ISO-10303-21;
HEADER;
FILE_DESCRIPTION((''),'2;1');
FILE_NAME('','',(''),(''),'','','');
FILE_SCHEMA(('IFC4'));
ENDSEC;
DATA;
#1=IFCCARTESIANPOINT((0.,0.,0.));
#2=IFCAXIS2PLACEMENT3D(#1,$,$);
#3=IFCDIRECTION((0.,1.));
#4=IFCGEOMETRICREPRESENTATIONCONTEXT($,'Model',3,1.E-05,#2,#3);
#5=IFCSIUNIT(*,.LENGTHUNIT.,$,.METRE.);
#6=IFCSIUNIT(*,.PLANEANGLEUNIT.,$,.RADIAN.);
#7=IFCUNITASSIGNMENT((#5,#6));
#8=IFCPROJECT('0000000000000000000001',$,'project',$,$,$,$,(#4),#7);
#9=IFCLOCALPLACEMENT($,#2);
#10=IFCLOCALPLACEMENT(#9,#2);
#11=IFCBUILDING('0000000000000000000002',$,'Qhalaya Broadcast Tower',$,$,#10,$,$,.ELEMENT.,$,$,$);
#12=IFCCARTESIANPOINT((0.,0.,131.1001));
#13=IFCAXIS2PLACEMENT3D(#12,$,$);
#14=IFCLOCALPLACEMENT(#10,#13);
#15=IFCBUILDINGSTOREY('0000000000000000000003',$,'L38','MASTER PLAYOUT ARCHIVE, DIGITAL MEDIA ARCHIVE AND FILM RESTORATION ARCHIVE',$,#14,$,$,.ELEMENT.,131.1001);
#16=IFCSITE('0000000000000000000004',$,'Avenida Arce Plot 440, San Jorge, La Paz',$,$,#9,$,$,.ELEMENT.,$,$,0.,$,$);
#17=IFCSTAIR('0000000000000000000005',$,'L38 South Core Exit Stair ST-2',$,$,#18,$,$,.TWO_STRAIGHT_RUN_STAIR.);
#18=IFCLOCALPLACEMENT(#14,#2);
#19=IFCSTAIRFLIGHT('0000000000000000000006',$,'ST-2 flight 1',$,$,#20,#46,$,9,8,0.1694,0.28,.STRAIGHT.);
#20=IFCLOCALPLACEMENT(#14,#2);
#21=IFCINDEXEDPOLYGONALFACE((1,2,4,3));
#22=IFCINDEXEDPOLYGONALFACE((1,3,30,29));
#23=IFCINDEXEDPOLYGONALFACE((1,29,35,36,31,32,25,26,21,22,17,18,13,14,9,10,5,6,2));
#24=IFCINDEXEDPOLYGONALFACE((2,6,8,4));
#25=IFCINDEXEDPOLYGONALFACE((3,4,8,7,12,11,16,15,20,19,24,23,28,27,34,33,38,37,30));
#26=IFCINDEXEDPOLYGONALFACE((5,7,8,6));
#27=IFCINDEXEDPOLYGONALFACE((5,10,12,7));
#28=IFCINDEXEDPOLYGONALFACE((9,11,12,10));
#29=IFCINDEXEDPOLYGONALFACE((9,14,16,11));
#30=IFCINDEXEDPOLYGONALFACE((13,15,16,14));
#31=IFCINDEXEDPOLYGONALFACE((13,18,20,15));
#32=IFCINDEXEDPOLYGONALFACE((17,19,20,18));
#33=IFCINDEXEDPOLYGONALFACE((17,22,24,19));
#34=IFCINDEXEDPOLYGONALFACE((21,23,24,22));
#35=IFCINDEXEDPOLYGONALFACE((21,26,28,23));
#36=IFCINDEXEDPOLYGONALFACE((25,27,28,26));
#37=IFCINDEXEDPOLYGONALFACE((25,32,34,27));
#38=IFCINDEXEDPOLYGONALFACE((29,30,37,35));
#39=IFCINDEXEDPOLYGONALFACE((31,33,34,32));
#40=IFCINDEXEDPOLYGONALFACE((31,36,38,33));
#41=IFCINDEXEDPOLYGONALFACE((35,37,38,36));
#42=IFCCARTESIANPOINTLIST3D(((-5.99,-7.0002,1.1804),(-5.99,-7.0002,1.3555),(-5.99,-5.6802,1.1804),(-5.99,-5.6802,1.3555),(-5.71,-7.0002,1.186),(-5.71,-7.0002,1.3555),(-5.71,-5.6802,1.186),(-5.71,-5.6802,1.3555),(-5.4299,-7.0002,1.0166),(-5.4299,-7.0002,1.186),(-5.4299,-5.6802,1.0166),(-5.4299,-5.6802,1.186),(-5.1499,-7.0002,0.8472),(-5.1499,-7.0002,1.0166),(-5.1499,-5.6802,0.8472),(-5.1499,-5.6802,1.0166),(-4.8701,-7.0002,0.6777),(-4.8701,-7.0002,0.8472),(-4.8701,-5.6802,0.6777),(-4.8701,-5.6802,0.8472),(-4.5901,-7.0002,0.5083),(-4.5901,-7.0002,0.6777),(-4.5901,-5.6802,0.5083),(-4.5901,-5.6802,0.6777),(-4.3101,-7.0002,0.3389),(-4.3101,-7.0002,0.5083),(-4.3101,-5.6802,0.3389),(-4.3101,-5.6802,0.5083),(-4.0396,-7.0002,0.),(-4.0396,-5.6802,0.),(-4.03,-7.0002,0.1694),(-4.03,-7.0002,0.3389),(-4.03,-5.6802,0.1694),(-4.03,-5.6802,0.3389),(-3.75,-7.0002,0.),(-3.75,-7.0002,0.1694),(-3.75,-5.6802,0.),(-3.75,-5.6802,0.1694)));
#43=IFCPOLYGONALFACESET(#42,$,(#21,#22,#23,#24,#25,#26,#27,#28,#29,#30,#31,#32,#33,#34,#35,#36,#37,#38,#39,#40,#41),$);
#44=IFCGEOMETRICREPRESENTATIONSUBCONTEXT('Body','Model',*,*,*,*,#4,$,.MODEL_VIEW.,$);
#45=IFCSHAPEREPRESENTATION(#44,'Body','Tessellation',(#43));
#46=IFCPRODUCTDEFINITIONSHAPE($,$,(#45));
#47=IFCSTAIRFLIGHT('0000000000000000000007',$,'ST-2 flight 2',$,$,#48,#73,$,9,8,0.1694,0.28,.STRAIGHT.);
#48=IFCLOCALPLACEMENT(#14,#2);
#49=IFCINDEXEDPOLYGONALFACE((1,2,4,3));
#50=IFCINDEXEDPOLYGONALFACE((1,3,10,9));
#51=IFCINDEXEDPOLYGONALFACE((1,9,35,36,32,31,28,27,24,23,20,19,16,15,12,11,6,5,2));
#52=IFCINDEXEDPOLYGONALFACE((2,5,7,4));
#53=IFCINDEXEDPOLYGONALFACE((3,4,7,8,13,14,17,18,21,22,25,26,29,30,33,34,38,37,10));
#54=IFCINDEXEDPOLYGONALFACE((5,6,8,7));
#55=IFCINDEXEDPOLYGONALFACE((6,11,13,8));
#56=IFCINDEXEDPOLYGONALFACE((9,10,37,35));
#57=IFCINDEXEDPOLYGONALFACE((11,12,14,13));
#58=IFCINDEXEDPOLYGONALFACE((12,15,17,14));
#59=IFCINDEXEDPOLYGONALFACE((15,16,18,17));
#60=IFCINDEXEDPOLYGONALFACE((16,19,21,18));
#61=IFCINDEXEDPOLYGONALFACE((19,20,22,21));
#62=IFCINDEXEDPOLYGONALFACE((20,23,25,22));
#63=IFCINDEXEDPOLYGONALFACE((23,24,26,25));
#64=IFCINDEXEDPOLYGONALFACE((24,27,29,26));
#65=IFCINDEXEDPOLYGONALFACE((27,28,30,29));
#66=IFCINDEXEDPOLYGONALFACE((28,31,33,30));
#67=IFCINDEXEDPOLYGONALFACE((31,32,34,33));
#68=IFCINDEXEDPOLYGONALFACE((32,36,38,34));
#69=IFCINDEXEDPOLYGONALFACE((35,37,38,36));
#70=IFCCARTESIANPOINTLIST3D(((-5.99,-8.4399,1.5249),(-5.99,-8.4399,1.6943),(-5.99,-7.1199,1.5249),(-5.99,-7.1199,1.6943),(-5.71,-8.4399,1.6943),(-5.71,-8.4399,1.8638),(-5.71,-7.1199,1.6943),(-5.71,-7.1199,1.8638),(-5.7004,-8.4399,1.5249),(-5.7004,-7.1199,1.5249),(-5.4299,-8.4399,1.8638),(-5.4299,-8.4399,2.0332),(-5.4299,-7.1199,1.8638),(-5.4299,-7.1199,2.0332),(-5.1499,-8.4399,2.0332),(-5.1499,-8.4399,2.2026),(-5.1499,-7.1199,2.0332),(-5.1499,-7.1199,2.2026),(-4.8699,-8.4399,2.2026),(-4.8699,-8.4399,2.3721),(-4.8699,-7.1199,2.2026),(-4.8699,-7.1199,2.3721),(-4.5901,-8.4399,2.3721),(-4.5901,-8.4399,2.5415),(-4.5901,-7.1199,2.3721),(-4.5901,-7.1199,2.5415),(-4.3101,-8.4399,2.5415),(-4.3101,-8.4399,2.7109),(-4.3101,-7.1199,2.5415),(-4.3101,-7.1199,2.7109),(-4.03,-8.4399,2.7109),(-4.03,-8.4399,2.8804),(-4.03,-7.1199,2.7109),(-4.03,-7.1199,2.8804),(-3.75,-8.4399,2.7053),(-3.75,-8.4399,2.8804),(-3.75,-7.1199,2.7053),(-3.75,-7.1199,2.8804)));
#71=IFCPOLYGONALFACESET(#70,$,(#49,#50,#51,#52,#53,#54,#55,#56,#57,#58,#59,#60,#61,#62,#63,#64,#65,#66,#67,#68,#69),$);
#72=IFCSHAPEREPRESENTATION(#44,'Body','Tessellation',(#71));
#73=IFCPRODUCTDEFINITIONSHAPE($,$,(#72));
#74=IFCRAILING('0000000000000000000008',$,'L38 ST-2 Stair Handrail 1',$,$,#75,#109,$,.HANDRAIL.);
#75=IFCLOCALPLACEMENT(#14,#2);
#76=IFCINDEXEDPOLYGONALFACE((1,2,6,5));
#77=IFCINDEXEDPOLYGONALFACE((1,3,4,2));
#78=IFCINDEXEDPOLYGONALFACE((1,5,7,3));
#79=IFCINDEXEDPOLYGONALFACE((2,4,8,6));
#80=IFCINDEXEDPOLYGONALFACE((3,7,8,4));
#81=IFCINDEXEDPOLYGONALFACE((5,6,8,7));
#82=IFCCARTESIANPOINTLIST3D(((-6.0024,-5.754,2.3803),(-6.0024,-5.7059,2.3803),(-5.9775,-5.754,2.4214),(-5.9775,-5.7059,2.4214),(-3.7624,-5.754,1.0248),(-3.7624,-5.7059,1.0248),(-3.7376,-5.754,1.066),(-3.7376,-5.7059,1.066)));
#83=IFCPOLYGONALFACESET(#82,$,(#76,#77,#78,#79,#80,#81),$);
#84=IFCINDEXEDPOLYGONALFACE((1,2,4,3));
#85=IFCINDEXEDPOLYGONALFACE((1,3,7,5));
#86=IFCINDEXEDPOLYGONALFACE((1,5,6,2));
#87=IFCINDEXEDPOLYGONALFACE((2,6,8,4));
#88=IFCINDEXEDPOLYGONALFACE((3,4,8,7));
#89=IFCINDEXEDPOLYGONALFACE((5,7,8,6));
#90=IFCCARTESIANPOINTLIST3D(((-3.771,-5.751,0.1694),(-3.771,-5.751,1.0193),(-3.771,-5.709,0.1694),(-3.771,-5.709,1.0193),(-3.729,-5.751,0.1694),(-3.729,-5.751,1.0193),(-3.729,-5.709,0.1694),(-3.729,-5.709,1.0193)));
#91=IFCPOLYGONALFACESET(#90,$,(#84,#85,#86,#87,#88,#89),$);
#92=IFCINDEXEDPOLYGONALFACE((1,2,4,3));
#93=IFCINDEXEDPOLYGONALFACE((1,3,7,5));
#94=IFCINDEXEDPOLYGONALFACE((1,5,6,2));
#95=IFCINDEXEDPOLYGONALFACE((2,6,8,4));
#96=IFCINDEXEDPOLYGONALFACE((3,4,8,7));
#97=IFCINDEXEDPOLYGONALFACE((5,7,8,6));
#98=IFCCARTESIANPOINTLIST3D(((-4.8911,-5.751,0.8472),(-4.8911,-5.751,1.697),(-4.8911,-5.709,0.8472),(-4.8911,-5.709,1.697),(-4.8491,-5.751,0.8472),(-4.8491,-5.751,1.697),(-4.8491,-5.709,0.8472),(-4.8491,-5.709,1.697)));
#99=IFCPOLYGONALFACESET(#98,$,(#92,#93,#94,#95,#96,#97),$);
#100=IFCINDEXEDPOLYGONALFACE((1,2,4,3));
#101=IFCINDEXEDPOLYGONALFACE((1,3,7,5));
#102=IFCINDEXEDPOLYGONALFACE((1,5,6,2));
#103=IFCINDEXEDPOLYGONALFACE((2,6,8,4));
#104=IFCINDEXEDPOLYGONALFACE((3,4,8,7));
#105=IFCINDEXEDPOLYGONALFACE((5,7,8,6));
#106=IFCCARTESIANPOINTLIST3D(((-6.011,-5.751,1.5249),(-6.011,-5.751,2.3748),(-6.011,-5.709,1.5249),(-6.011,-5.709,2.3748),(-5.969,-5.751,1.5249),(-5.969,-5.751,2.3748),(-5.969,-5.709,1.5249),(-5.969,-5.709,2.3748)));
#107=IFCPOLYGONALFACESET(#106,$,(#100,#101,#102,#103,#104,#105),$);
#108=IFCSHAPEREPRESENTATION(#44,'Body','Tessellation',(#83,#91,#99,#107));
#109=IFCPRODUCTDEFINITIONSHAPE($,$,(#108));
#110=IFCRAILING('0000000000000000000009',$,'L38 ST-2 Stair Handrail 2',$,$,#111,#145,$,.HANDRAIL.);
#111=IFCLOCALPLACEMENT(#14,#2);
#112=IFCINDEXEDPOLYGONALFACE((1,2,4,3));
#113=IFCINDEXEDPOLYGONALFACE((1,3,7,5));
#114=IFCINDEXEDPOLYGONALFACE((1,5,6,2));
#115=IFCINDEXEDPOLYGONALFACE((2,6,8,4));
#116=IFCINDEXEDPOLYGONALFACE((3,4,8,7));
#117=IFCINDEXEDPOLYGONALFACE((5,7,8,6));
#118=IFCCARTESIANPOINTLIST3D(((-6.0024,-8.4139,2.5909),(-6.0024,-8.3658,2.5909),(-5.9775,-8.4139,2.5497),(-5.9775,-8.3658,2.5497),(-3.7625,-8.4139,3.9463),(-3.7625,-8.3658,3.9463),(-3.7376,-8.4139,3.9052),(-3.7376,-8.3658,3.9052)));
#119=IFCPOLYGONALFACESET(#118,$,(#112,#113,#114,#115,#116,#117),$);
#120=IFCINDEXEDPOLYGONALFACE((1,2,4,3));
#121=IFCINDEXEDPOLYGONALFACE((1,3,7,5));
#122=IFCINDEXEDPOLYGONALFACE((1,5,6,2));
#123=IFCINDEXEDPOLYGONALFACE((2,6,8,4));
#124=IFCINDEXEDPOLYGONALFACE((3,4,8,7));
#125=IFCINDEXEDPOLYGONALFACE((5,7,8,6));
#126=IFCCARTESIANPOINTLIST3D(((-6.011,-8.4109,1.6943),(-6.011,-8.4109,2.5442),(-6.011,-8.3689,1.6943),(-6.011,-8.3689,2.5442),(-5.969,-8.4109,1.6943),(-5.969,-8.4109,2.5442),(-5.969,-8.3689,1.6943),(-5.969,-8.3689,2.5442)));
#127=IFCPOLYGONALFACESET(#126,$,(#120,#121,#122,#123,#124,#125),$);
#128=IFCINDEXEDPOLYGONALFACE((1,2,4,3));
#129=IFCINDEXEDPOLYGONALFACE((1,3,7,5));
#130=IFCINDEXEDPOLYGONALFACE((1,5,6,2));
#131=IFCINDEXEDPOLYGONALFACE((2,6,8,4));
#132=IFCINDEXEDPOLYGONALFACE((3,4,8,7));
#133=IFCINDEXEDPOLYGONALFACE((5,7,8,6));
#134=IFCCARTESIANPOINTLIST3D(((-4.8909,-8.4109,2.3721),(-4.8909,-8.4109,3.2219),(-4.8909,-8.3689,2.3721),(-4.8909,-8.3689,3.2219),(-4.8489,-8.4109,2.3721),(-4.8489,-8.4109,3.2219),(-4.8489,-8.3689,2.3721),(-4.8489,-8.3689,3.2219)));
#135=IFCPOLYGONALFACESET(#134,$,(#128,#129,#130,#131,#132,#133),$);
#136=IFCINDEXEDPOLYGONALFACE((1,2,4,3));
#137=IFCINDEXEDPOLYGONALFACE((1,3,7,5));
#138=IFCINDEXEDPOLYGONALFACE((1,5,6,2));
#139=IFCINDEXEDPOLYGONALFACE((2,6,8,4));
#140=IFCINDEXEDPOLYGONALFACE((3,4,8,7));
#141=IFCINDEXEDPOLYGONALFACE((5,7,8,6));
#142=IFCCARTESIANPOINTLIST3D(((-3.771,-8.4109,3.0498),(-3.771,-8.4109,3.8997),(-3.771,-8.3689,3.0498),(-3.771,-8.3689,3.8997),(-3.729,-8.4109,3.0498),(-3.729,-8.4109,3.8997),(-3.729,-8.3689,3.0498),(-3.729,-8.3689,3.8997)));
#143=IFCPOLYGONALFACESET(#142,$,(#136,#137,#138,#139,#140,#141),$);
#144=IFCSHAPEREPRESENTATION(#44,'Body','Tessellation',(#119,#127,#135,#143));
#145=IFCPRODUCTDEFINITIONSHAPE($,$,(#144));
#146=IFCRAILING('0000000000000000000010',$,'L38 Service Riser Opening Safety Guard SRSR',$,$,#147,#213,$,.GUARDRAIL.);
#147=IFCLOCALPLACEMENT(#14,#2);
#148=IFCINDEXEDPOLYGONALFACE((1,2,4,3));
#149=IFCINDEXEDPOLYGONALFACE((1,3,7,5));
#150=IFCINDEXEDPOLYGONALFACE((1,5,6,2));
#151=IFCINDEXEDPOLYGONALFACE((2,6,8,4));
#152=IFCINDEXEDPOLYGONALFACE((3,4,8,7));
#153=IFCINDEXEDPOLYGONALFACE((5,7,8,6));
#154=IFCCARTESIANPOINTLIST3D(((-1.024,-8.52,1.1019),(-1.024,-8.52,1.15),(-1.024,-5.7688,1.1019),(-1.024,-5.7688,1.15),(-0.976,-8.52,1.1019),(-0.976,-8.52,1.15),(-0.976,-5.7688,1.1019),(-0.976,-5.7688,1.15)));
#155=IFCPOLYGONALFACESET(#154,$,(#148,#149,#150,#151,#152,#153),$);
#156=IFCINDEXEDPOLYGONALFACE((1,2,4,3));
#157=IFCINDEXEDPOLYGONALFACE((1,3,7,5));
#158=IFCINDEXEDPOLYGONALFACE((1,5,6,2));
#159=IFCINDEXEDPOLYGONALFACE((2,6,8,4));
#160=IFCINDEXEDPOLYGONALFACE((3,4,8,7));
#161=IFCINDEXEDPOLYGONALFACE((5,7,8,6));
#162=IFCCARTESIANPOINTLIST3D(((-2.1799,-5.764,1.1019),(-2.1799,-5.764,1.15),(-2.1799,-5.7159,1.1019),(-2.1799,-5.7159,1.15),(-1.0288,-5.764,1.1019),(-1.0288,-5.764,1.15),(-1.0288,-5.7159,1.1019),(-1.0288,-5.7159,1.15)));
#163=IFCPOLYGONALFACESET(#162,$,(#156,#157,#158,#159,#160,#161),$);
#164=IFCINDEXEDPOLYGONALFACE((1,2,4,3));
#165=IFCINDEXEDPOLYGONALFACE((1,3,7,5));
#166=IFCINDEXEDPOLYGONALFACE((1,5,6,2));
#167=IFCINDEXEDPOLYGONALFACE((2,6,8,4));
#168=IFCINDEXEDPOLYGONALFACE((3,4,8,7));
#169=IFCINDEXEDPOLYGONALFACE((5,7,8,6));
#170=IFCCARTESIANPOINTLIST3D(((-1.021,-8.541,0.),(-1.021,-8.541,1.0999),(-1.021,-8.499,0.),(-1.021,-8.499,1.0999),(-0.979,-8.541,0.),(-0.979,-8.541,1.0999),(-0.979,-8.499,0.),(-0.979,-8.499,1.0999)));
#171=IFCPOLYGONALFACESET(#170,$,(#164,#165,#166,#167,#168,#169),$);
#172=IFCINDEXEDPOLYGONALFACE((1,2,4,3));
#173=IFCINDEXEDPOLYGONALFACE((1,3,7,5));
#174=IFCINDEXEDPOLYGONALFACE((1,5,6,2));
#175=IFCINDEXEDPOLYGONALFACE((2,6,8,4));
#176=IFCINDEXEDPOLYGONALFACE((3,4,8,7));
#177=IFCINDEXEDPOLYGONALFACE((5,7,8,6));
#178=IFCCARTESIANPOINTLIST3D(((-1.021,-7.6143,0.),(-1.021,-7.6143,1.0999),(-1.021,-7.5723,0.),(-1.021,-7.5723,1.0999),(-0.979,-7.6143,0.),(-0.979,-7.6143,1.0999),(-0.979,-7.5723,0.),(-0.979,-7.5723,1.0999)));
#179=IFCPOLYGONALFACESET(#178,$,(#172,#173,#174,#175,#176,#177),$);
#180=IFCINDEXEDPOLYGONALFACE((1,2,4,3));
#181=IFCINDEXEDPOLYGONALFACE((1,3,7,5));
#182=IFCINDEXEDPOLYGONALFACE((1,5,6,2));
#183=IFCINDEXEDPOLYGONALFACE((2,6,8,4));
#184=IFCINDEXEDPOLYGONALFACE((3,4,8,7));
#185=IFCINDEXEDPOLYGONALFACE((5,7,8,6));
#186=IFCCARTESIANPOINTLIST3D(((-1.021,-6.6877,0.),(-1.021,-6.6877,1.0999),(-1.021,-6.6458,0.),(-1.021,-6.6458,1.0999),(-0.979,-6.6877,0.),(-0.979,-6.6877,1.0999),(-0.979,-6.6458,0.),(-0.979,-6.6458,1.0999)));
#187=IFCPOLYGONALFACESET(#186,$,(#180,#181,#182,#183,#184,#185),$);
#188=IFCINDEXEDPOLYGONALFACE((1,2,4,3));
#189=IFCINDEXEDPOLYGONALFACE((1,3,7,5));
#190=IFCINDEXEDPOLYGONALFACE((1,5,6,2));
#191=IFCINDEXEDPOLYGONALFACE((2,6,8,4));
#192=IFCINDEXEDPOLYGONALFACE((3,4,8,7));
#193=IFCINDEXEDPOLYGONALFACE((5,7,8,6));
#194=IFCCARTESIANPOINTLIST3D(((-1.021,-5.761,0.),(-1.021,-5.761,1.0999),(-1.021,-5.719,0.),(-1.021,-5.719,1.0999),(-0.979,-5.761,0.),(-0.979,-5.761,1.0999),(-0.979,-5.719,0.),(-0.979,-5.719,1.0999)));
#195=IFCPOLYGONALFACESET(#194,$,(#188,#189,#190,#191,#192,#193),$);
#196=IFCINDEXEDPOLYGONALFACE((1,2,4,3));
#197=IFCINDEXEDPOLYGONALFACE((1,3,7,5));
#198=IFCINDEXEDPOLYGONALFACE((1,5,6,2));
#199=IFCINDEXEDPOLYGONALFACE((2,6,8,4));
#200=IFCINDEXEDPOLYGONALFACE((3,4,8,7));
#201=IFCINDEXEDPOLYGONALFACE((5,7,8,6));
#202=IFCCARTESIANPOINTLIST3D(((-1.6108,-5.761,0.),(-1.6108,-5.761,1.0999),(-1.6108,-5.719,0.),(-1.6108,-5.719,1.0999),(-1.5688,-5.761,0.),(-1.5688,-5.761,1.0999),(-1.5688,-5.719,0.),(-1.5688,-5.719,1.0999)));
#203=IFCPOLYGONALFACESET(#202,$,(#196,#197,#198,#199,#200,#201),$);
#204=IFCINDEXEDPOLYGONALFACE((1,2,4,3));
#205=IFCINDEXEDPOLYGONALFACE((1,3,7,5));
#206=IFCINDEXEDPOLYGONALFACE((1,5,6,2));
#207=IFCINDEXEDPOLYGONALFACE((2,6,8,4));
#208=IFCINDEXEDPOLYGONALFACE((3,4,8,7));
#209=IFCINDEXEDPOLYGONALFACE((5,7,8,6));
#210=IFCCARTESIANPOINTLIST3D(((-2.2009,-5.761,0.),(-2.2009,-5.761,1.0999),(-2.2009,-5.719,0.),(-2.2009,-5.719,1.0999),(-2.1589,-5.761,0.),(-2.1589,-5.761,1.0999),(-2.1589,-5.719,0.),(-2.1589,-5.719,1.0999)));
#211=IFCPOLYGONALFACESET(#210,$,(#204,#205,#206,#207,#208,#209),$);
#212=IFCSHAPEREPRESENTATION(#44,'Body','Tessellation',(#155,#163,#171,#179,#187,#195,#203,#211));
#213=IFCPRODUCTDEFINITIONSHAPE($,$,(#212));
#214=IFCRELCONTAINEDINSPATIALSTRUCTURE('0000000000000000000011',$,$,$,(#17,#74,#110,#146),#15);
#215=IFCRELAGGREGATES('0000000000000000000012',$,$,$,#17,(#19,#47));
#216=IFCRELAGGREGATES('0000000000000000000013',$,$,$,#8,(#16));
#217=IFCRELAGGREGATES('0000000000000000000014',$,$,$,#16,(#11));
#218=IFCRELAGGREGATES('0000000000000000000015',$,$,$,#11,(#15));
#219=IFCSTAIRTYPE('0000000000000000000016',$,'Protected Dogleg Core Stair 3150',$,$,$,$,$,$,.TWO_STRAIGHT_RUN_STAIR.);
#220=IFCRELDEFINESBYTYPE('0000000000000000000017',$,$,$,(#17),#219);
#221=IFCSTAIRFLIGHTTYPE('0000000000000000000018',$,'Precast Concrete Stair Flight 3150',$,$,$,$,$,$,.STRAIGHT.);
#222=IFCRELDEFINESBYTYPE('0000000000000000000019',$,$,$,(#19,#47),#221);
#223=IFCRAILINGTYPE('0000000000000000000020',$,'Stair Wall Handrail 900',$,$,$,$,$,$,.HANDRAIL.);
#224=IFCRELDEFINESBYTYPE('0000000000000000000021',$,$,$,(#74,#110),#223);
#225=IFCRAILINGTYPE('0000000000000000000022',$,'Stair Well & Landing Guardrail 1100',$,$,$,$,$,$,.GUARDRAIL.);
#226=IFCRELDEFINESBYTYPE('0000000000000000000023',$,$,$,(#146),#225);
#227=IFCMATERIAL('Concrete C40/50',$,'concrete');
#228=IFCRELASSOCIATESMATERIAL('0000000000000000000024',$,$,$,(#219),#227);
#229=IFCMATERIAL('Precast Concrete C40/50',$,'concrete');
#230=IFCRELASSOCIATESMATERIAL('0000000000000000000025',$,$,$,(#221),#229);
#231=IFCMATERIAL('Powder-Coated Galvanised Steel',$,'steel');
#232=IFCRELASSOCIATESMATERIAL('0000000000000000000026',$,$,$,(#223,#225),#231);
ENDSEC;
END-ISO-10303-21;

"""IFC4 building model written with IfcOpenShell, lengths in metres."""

from ifc_helpers import new_model, si_unit, direction, frame, origin, origin_2d, place, context, subcontext, project, spatial, polyline, rectangle, outline, extrude, material, type_object, element, aggregate, save


model = new_model("IFC4")

# Units and contexts
model_context = context("Model", 3, precision=1e-05, world=origin(), true_north=direction((0.0, 1.0)))
body_context = subcontext(model_context, "Body", "Model", "MODEL_VIEW")
ifc_project = project(units=[si_unit("LENGTHUNIT", "METRE"), si_unit("PLANEANGLEUNIT", "RADIAN")], contexts=[model_context])

# Site, building, storey
site_placement = place(None, origin())
site = spatial("IfcSite", under=ifc_project, at=site_placement, Name="Avenida Arce Plot 440, San Jorge, La Paz", CompositionType="ELEMENT", RefElevation=0.0)
building_placement = place(site_placement, origin())
building = spatial("IfcBuilding", under=site, at=building_placement, Name="Qhalaya Broadcast Tower", CompositionType="ELEMENT")
storey_placement = place(building_placement, frame((0.0, 0.0, 131.1001)))
storey = spatial("IfcBuildingStorey", under=building, at=storey_placement, Name="L38", Description="MASTER PLAYOUT ARCHIVE, DIGITAL MEDIA ARCHIVE AND FILM RESTORATION ARCHIVE", CompositionType="ELEMENT", Elevation=131.1001)

# Shared definitions
ifc_material_1 = material(Name="Concrete C40/50", Category="concrete")

# Stair, stair flights
stair_type = type_object("IfcStairType", Name="Protected Dogleg Core Stair 3150", PredefinedType="TWO_STRAIGHT_RUN_STAIR", material=ifc_material_1)
stair_placement = place(storey_placement, origin())
stair = element("IfcStair", 1, at=stair_placement, inside=storey, type_object=stair_type, Name="L38 South Core Exit Stair ST-2", PredefinedType="TWO_STRAIGHT_RUN_STAIR")
ifc_material_2 = material(Name="Precast Concrete C40/50", Category="concrete")
stair_flight_type = type_object("IfcStairFlightType", Name="Precast Concrete Stair Flight 3150", PredefinedType="STRAIGHT", material=ifc_material_2)
stair_flight_1_placement = place(storey_placement, frame((-3.75, -6.3401, 0.0), z_axis=(0.0, 0.0, 1.0), x_axis=(-1.0, 0.0, 0.0)))
stair_flight_1 = element("IfcStairFlight", 2, at=stair_flight_1_placement, type_object=stair_flight_type, Name="ST-2 flight 1", NumberOfRisers=9, NumberOfTreads=8, PredefinedType="STRAIGHT", RiserHeight=0.1694, TreadLength=0.28, context=body_context, shape_type="SweptSolid", body=[
    extrude(outline(polyline([(0.0, 0.0), (0.0, 0.1694), (0.28, 0.1694), (0.28, 0.3389), (0.5601, 0.3389), (0.5601, 0.5083), (0.8401, 0.5083), (0.8401, 0.6777), (1.1201, 0.6777), (1.1201, 0.8472), (1.3999, 0.8472), (1.3999, 1.0166), (1.6799, 1.0166), (1.6799, 1.186), (1.96, 1.186), (1.96, 1.3555), (2.24, 1.3555), (2.24, 1.5249), (2.24, 1.1804), (0.2896, 0.0), (0.0, 0.0)])), frame((0.0, 0.6602, 0.0), z_axis=(0.0, -1.0, 0.0), x_axis=(1.0, 0.0, 0.0)), (0.0, 0.0, 1.0), 1.3201),
])
stair_flight_2_placement = place(storey_placement, frame((-5.99, -7.78, 1.5249), z_axis=(0.0, 0.0, 1.0), x_axis=(1.0, 0.0, 0.0)))
stair_flight_2 = element("IfcStairFlight", 3, at=stair_flight_2_placement, type_object=stair_flight_type, Name="ST-2 flight 2", NumberOfRisers=9, NumberOfTreads=8, PredefinedType="STRAIGHT", RiserHeight=0.1694, TreadLength=0.28, context=body_context, shape_type="SweptSolid", body=[
    extrude(outline(polyline([(0.0, 0.0), (0.0, 0.1694), (0.28, 0.1694), (0.28, 0.3389), (0.5601, 0.3389), (0.5601, 0.5083), (0.8401, 0.5083), (0.8401, 0.6777), (1.1201, 0.6777), (1.1201, 0.8472), (1.3999, 0.8472), (1.3999, 1.0166), (1.6799, 1.0166), (1.6799, 1.186), (1.96, 1.186), (1.96, 1.3555), (2.24, 1.3555), (2.24, 1.5249), (2.24, 1.1804), (0.2896, 0.0), (0.0, 0.0)])), frame((0.0, 0.6602, 0.0), z_axis=(0.0, -1.0, 0.0), x_axis=(1.0, 0.0, 0.0)), (0.0, 0.0, 1.0), 1.3201),
])
aggregate(stair, [stair_flight_1, stair_flight_2])

# Railings
ifc_material_3 = material(Name="Powder-Coated Galvanised Steel", Category="steel")
railing_type_1 = type_object("IfcRailingType", Name="Stair Wall Handrail 900", PredefinedType="HANDRAIL", material=ifc_material_3)
railing_1_placement = place(storey_placement, frame((-3.75, -5.73, 0.1694)))
element("IfcRailing", 4, at=railing_1_placement, inside=storey, type_object=railing_type_1, Name="L38 ST-2 Stair Handrail 1", PredefinedType="HANDRAIL", context=body_context, shape_type="SweptSolid", body=[
    extrude(rectangle(XDim=0.0481, YDim=0.0481, at=origin_2d()), frame((0.0, 0.0, 0.876), z_axis=(-0.855553, 0.0, 0.517715), x_axis=(0.0, -1.0, 0.0)), (0.0, 0.0, 1.0), 2.6182),
    extrude(rectangle(XDim=0.042, YDim=0.042, at=origin_2d()), origin(), (0.0, 0.0, 1.0), 0.8499),
    extrude(rectangle(XDim=0.042, YDim=0.042, at=origin_2d()), frame((-1.1201, 0.0, 0.6777)), (0.0, 0.0, 1.0), 0.8499),
    extrude(rectangle(XDim=0.042, YDim=0.042, at=origin_2d()), frame((-2.24, 0.0, 1.3555)), (0.0, 0.0, 1.0), 0.8499),
])
railing_2_placement = place(storey_placement, frame((-5.99, -8.3899, 1.6943)))
element("IfcRailing", 5, at=railing_2_placement, inside=storey, type_object=railing_type_1, Name="L38 ST-2 Stair Handrail 2", PredefinedType="HANDRAIL", context=body_context, shape_type="SweptSolid", body=[
    extrude(rectangle(XDim=0.0481, YDim=0.0481, at=origin_2d()), frame((0.0, 0.0, 0.876), z_axis=(0.855553, 0.0, 0.517715), x_axis=(0.0, 1.0, 0.0)), (0.0, 0.0, 1.0), 2.6182),
    extrude(rectangle(XDim=0.042, YDim=0.042, at=origin_2d()), origin(), (0.0, 0.0, 1.0), 0.8499),
    extrude(rectangle(XDim=0.042, YDim=0.042, at=origin_2d()), frame((1.1201, 0.0, 0.6777)), (0.0, 0.0, 1.0), 0.8499),
    extrude(rectangle(XDim=0.042, YDim=0.042, at=origin_2d()), frame((2.24, 0.0, 1.3555)), (0.0, 0.0, 1.0), 0.8499),
])
railing_type_2 = type_object("IfcRailingType", Name="Stair Well & Landing Guardrail 1100", PredefinedType="GUARDRAIL", material=ifc_material_3)
railing_3_placement = place(storey_placement, frame((-1.0, -8.52, 0.0)))
element("IfcRailing", 6, at=railing_3_placement, inside=storey, type_object=railing_type_2, Name="L38 Service Riser Opening Safety Guard SRSR", PredefinedType="GUARDRAIL", context=body_context, shape_type="SweptSolid", body=[
    extrude(rectangle(XDim=0.0481, YDim=0.0481, at=origin_2d()), frame((0.0, 0.0, 1.126), z_axis=(0.0, 1.0, 0.0), x_axis=(-1.0, 0.0, 0.0)), (0.0, 0.0, 1.0), 2.7512),
    extrude(rectangle(XDim=0.0481, YDim=0.0481, at=origin_2d()), frame((-0.0288, 2.78, 1.126), z_axis=(-1.0, 0.0, 0.0), x_axis=(0.0, -1.0, 0.0)), (0.0, 0.0, 1.0), 1.1511),
    extrude(rectangle(XDim=0.042, YDim=0.042, at=origin_2d()), origin(), (0.0, 0.0, 1.0), 1.0999),
    extrude(rectangle(XDim=0.042, YDim=0.042, at=origin_2d()), frame((0.0, 0.9268, 0.0)), (0.0, 0.0, 1.0), 1.0999),
    extrude(rectangle(XDim=0.042, YDim=0.042, at=origin_2d()), frame((0.0, 1.8533, 0.0)), (0.0, 0.0, 1.0), 1.0999),
    extrude(rectangle(XDim=0.042, YDim=0.042, at=origin_2d()), frame((0.0, 2.78, 0.0)), (0.0, 0.0, 1.0), 1.0999),
    extrude(rectangle(XDim=0.042, YDim=0.042, at=origin_2d()), frame((-0.5898, 2.78, 0.0)), (0.0, 0.0, 1.0), 1.0999),
    extrude(rectangle(XDim=0.042, YDim=0.042, at=origin_2d()), frame((-1.1799, 2.78, 0.0)), (0.0, 0.0, 1.0), 1.0999),
])

save(model, "model.ifc")
